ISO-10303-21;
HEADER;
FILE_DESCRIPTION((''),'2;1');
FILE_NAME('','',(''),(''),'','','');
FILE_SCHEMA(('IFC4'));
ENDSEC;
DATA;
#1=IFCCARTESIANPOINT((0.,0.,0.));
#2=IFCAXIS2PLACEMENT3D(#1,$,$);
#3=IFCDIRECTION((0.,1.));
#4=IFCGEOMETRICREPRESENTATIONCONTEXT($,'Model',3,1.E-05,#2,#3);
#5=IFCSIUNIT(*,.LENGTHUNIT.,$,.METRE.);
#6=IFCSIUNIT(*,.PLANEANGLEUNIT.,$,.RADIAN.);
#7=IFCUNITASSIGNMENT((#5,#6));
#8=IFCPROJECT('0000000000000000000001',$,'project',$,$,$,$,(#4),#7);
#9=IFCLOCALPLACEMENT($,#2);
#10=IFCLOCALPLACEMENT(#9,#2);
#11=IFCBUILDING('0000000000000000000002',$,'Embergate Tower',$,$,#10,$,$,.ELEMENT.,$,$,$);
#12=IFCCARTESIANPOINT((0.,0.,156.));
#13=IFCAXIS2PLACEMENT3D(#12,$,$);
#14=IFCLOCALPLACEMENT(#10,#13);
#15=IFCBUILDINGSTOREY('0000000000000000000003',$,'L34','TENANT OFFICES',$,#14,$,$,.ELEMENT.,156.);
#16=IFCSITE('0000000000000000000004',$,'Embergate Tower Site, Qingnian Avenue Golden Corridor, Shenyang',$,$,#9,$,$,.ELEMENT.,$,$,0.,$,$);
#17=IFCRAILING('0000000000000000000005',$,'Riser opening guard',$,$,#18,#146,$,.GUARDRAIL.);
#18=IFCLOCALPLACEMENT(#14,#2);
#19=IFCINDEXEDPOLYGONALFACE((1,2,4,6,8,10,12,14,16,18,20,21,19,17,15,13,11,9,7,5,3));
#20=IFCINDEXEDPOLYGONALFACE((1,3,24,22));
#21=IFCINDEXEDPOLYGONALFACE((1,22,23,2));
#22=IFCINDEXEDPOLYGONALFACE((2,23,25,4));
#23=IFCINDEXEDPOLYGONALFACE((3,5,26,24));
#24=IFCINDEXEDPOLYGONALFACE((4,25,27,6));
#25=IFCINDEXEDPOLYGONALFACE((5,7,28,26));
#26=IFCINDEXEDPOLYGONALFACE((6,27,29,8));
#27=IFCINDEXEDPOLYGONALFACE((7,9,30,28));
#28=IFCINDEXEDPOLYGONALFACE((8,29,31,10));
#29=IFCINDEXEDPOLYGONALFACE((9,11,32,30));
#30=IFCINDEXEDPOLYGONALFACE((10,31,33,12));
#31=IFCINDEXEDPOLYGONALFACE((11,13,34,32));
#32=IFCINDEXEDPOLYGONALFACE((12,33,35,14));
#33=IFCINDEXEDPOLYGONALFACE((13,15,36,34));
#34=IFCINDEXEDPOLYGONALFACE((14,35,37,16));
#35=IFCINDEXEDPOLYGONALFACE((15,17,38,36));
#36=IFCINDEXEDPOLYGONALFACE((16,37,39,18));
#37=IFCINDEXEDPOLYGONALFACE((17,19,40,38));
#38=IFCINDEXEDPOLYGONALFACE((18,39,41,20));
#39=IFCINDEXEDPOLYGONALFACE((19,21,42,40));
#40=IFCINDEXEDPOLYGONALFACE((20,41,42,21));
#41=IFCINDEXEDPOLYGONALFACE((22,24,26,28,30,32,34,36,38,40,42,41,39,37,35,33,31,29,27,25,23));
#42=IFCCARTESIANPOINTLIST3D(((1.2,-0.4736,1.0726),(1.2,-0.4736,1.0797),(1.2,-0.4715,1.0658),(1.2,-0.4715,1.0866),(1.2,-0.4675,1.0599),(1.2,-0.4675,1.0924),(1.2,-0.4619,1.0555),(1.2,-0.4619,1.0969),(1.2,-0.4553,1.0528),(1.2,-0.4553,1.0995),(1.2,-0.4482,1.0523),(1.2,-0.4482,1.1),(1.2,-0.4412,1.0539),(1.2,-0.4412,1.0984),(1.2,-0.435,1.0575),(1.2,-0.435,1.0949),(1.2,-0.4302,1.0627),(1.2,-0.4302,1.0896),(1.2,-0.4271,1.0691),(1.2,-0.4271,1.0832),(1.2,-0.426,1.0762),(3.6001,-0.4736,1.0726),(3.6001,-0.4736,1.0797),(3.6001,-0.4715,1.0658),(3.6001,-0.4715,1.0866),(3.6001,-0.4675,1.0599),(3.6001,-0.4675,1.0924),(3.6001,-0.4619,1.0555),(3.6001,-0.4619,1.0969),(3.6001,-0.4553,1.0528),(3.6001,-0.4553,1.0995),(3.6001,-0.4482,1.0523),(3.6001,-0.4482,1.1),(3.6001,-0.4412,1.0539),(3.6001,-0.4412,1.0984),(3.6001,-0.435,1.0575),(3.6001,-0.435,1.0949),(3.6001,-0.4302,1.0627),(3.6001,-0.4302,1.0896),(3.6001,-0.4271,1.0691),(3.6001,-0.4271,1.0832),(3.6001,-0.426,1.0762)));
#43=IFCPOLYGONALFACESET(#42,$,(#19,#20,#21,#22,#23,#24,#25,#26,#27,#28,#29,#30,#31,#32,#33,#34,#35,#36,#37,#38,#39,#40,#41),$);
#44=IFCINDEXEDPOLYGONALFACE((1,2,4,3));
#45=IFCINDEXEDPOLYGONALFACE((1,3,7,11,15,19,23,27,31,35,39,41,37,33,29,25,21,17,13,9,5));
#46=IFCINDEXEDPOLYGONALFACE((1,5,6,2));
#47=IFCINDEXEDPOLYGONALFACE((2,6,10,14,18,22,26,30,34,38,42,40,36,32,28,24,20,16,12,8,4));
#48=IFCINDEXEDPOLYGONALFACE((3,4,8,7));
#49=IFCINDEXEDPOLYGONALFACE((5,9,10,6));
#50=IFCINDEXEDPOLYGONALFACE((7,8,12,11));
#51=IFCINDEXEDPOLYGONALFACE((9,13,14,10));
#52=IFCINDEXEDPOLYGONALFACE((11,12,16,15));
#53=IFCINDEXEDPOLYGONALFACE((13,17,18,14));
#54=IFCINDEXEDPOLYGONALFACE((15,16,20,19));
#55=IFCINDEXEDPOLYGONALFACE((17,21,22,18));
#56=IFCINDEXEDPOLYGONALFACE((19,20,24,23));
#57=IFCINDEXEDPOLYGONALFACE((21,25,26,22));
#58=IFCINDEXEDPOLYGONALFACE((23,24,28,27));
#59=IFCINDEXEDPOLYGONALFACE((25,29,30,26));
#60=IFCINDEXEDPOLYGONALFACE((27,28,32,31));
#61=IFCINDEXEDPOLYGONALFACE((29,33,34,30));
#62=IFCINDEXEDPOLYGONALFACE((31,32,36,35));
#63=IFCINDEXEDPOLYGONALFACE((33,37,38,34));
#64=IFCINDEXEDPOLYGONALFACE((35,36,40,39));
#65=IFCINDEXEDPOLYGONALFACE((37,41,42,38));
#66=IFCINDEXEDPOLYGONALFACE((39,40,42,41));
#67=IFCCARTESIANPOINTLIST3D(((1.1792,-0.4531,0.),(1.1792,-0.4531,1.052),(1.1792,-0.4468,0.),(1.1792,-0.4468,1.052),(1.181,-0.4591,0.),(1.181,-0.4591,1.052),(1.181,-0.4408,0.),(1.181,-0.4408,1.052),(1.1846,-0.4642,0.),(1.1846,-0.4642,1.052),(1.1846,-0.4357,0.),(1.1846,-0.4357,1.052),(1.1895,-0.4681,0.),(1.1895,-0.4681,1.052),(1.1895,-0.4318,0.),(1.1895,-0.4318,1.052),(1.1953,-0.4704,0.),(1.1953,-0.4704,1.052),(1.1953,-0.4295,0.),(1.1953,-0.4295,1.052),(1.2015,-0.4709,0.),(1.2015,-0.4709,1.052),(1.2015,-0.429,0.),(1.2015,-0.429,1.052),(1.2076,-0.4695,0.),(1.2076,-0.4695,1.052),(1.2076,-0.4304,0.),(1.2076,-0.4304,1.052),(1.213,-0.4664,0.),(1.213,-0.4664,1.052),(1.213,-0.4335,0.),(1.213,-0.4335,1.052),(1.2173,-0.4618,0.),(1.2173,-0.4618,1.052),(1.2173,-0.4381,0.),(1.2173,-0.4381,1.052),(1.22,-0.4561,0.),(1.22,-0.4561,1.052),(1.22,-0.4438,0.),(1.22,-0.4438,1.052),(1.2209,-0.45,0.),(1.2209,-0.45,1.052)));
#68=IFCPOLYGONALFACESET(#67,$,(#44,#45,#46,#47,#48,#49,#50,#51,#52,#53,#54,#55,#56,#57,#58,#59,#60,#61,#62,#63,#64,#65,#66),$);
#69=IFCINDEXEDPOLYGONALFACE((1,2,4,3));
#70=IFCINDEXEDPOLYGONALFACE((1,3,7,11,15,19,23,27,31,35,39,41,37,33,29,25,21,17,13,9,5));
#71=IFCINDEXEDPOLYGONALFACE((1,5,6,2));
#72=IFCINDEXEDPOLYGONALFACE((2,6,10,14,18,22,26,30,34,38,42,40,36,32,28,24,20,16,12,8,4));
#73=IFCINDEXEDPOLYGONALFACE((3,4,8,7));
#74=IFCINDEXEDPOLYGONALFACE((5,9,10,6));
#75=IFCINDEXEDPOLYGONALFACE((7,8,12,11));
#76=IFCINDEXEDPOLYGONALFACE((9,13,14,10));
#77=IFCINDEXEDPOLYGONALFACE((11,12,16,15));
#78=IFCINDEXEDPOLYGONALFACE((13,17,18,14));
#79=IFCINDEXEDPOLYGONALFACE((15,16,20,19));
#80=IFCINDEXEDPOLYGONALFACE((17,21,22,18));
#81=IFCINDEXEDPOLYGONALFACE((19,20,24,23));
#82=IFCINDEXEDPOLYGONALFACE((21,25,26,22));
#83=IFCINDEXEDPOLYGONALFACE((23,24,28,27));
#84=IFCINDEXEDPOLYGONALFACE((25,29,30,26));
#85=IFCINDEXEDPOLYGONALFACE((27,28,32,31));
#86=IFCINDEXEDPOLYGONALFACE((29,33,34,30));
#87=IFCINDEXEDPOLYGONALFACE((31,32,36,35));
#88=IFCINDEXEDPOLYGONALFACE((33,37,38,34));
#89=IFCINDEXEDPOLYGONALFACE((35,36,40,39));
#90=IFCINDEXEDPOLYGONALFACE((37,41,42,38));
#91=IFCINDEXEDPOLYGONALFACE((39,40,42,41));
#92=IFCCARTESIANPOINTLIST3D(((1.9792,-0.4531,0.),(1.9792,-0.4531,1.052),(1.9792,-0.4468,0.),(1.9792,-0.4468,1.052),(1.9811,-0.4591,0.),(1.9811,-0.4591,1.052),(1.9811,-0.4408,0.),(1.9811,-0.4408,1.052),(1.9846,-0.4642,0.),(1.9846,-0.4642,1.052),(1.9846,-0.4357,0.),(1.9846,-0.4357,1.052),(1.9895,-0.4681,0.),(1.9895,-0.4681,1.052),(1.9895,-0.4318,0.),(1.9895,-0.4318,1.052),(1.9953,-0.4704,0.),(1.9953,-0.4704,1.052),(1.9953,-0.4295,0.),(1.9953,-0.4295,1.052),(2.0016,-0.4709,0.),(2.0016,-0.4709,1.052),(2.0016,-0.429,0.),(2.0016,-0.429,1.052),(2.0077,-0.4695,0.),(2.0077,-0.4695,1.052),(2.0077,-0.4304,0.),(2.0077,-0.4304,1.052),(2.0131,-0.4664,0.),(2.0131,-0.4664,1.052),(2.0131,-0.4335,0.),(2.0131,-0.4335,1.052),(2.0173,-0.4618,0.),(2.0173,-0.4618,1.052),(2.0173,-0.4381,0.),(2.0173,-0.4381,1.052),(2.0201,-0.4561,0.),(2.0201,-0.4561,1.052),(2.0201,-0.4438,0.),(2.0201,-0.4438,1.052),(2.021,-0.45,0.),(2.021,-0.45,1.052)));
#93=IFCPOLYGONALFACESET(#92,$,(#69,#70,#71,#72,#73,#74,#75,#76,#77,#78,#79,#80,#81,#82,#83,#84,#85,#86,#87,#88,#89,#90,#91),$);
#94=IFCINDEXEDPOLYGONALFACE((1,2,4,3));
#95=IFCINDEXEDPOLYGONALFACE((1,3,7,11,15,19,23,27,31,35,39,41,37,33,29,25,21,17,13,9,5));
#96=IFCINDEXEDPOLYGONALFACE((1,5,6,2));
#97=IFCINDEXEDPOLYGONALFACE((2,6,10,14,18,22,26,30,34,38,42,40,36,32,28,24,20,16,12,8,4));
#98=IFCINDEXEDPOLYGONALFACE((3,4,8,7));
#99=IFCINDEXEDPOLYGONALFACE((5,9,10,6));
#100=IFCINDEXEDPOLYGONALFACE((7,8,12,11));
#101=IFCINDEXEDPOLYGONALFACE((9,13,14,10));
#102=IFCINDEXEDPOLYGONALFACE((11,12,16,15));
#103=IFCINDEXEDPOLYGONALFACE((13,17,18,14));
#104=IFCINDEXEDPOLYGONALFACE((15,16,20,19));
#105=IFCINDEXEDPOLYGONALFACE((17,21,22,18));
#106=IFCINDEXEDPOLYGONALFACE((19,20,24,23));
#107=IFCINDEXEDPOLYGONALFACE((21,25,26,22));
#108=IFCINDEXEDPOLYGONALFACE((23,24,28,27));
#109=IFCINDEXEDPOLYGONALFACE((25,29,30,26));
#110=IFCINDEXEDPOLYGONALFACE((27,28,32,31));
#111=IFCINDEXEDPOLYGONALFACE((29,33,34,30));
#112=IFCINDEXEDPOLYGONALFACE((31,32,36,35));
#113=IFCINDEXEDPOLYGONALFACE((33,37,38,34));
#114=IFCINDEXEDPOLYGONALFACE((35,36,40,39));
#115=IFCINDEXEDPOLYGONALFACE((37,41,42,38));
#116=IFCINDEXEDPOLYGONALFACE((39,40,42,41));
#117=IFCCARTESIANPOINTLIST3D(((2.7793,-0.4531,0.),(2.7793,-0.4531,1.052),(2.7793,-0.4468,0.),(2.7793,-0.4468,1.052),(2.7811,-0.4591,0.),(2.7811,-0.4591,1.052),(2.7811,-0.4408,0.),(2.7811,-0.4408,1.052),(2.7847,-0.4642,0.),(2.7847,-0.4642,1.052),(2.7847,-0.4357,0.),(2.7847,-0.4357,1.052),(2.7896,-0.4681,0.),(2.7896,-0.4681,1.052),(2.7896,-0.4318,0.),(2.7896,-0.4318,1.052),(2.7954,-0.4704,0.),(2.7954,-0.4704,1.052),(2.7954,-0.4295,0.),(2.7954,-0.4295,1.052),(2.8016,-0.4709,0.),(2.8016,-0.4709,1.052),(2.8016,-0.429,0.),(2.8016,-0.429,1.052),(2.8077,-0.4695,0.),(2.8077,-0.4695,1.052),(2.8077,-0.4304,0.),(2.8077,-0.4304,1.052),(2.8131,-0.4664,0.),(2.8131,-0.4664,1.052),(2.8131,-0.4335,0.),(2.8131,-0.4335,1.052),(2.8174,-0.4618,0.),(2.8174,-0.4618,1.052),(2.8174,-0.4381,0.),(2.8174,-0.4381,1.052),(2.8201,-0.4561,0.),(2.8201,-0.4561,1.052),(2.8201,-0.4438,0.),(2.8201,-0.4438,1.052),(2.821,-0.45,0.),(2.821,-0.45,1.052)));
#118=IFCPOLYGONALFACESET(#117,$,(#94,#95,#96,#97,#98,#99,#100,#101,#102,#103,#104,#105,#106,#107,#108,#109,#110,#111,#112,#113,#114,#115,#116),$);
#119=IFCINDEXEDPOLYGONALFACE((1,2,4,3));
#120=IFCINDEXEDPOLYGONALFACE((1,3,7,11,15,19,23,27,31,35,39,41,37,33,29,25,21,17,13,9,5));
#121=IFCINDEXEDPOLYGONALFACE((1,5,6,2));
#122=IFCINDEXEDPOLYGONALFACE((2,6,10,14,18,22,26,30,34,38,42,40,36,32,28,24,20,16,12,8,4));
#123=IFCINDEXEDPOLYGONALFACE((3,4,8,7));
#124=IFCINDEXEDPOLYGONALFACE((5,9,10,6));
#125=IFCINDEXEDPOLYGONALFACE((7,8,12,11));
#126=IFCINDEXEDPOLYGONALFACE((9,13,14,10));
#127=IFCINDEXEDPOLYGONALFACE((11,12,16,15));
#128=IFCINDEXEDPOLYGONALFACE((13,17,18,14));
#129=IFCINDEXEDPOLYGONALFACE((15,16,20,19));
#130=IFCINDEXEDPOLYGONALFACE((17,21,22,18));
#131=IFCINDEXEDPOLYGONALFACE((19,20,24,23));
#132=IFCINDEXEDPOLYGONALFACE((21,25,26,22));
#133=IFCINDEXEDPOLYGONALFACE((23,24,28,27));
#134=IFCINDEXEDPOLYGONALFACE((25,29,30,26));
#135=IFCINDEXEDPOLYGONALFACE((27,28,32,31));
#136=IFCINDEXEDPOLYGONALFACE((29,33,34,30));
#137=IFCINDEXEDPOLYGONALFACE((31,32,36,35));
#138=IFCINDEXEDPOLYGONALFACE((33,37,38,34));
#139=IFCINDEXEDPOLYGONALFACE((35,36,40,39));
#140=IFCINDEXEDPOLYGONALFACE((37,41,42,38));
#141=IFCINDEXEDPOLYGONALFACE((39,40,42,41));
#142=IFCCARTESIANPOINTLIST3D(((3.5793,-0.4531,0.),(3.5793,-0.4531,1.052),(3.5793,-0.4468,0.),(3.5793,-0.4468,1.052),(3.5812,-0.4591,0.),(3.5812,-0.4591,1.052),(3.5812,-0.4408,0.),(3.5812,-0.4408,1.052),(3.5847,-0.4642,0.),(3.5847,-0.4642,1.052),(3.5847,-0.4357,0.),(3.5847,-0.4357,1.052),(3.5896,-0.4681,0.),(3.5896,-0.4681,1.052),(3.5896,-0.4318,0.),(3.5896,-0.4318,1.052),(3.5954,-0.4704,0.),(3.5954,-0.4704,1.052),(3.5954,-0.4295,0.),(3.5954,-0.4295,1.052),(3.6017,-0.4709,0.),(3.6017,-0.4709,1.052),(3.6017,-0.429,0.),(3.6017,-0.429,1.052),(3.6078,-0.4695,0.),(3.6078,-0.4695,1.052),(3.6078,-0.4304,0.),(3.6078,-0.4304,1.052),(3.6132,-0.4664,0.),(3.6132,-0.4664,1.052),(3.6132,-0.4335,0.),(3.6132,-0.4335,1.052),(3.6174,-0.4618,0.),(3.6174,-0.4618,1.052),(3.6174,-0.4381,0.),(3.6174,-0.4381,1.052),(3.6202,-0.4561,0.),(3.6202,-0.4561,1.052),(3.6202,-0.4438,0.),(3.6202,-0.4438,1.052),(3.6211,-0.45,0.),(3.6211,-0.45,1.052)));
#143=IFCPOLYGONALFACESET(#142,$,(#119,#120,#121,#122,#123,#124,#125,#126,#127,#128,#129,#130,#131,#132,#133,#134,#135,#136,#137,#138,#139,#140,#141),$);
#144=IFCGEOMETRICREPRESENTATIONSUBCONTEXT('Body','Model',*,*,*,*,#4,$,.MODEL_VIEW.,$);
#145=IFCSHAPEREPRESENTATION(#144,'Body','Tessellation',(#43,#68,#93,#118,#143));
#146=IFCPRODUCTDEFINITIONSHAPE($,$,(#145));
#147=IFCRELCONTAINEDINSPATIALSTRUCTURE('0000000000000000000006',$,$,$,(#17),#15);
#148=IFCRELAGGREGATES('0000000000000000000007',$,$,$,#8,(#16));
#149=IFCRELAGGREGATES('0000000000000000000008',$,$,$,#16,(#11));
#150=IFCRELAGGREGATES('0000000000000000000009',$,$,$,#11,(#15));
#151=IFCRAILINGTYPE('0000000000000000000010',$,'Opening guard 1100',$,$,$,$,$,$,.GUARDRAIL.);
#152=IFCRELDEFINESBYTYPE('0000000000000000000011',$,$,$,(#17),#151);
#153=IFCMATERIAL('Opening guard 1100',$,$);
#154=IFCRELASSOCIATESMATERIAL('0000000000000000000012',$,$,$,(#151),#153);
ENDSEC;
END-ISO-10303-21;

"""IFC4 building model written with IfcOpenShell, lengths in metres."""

from ifc_helpers import new_model, si_unit, direction, frame, origin, origin_2d, place, context, subcontext, project, spatial, circle, extrude, source, transform, mapped, material, type_object, element, save


model = new_model("IFC4")

# Units and contexts
model_context = context("Model", 3, precision=1e-05, world=origin(), true_north=direction((0.0, 1.0)))
body_context = subcontext(model_context, "Body", "Model", "MODEL_VIEW")
ifc_project = project(units=[si_unit("LENGTHUNIT", "METRE"), si_unit("PLANEANGLEUNIT", "RADIAN")], contexts=[model_context])

# Site, building, storey
site_placement = place(None, origin())
site = spatial("IfcSite", under=ifc_project, at=site_placement, Name="Embergate Tower Site, Qingnian Avenue Golden Corridor, Shenyang", CompositionType="ELEMENT", RefElevation=0.0)
building_placement = place(site_placement, origin())
building = spatial("IfcBuilding", under=site, at=building_placement, Name="Embergate Tower", CompositionType="ELEMENT")
storey_placement = place(building_placement, frame((0.0, 0.0, 156.0)))
storey = spatial("IfcBuildingStorey", under=building, at=storey_placement, Name="L34", Description="TENANT OFFICES", CompositionType="ELEMENT", Elevation=156.0)

# Railing
ifc_material_1 = material(Name="Opening guard 1100")
railing_type_1 = type_object("IfcRailingType", Name="Opening guard 1100", PredefinedType="GUARDRAIL", material=ifc_material_1)
shared_shape_1 = source(origin(), body_context, "Body", "SweptSolid", [
    extrude(circle(Radius=0.0239, at=origin_2d()), frame((0.0, 0.0, 1.0762), z_axis=(1.0, 0.0, 0.0), x_axis=(0.0, 1.0, 0.0)), (0.0, 0.0, 1.0), 2.4001),
    extrude(circle(Radius=0.021, at=origin_2d()), origin(), (0.0, 0.0, 1.0), 1.052),
    extrude(circle(Radius=0.021, at=origin_2d()), frame((0.8, 0.0, 0.0)), (0.0, 0.0, 1.0), 1.052),
    extrude(circle(Radius=0.021, at=origin_2d()), frame((1.6001, 0.0, 0.0)), (0.0, 0.0, 1.0), 1.052),
    extrude(circle(Radius=0.021, at=origin_2d()), frame((2.4001, 0.0, 0.0)), (0.0, 0.0, 1.0), 1.052),
])
railing_1_placement = place(storey_placement, frame((1.2, -0.45, 0.0)))
element("IfcRailing", 1, at=railing_1_placement, inside=storey, type_object=railing_type_1, Name="Riser opening guard", PredefinedType="GUARDRAIL", context=body_context, shape_type="MappedRepresentation", body=[
    mapped(shared_shape_1, transform((0.0, 0.0, 0.0))),
])

save(model, "model.ifc")
